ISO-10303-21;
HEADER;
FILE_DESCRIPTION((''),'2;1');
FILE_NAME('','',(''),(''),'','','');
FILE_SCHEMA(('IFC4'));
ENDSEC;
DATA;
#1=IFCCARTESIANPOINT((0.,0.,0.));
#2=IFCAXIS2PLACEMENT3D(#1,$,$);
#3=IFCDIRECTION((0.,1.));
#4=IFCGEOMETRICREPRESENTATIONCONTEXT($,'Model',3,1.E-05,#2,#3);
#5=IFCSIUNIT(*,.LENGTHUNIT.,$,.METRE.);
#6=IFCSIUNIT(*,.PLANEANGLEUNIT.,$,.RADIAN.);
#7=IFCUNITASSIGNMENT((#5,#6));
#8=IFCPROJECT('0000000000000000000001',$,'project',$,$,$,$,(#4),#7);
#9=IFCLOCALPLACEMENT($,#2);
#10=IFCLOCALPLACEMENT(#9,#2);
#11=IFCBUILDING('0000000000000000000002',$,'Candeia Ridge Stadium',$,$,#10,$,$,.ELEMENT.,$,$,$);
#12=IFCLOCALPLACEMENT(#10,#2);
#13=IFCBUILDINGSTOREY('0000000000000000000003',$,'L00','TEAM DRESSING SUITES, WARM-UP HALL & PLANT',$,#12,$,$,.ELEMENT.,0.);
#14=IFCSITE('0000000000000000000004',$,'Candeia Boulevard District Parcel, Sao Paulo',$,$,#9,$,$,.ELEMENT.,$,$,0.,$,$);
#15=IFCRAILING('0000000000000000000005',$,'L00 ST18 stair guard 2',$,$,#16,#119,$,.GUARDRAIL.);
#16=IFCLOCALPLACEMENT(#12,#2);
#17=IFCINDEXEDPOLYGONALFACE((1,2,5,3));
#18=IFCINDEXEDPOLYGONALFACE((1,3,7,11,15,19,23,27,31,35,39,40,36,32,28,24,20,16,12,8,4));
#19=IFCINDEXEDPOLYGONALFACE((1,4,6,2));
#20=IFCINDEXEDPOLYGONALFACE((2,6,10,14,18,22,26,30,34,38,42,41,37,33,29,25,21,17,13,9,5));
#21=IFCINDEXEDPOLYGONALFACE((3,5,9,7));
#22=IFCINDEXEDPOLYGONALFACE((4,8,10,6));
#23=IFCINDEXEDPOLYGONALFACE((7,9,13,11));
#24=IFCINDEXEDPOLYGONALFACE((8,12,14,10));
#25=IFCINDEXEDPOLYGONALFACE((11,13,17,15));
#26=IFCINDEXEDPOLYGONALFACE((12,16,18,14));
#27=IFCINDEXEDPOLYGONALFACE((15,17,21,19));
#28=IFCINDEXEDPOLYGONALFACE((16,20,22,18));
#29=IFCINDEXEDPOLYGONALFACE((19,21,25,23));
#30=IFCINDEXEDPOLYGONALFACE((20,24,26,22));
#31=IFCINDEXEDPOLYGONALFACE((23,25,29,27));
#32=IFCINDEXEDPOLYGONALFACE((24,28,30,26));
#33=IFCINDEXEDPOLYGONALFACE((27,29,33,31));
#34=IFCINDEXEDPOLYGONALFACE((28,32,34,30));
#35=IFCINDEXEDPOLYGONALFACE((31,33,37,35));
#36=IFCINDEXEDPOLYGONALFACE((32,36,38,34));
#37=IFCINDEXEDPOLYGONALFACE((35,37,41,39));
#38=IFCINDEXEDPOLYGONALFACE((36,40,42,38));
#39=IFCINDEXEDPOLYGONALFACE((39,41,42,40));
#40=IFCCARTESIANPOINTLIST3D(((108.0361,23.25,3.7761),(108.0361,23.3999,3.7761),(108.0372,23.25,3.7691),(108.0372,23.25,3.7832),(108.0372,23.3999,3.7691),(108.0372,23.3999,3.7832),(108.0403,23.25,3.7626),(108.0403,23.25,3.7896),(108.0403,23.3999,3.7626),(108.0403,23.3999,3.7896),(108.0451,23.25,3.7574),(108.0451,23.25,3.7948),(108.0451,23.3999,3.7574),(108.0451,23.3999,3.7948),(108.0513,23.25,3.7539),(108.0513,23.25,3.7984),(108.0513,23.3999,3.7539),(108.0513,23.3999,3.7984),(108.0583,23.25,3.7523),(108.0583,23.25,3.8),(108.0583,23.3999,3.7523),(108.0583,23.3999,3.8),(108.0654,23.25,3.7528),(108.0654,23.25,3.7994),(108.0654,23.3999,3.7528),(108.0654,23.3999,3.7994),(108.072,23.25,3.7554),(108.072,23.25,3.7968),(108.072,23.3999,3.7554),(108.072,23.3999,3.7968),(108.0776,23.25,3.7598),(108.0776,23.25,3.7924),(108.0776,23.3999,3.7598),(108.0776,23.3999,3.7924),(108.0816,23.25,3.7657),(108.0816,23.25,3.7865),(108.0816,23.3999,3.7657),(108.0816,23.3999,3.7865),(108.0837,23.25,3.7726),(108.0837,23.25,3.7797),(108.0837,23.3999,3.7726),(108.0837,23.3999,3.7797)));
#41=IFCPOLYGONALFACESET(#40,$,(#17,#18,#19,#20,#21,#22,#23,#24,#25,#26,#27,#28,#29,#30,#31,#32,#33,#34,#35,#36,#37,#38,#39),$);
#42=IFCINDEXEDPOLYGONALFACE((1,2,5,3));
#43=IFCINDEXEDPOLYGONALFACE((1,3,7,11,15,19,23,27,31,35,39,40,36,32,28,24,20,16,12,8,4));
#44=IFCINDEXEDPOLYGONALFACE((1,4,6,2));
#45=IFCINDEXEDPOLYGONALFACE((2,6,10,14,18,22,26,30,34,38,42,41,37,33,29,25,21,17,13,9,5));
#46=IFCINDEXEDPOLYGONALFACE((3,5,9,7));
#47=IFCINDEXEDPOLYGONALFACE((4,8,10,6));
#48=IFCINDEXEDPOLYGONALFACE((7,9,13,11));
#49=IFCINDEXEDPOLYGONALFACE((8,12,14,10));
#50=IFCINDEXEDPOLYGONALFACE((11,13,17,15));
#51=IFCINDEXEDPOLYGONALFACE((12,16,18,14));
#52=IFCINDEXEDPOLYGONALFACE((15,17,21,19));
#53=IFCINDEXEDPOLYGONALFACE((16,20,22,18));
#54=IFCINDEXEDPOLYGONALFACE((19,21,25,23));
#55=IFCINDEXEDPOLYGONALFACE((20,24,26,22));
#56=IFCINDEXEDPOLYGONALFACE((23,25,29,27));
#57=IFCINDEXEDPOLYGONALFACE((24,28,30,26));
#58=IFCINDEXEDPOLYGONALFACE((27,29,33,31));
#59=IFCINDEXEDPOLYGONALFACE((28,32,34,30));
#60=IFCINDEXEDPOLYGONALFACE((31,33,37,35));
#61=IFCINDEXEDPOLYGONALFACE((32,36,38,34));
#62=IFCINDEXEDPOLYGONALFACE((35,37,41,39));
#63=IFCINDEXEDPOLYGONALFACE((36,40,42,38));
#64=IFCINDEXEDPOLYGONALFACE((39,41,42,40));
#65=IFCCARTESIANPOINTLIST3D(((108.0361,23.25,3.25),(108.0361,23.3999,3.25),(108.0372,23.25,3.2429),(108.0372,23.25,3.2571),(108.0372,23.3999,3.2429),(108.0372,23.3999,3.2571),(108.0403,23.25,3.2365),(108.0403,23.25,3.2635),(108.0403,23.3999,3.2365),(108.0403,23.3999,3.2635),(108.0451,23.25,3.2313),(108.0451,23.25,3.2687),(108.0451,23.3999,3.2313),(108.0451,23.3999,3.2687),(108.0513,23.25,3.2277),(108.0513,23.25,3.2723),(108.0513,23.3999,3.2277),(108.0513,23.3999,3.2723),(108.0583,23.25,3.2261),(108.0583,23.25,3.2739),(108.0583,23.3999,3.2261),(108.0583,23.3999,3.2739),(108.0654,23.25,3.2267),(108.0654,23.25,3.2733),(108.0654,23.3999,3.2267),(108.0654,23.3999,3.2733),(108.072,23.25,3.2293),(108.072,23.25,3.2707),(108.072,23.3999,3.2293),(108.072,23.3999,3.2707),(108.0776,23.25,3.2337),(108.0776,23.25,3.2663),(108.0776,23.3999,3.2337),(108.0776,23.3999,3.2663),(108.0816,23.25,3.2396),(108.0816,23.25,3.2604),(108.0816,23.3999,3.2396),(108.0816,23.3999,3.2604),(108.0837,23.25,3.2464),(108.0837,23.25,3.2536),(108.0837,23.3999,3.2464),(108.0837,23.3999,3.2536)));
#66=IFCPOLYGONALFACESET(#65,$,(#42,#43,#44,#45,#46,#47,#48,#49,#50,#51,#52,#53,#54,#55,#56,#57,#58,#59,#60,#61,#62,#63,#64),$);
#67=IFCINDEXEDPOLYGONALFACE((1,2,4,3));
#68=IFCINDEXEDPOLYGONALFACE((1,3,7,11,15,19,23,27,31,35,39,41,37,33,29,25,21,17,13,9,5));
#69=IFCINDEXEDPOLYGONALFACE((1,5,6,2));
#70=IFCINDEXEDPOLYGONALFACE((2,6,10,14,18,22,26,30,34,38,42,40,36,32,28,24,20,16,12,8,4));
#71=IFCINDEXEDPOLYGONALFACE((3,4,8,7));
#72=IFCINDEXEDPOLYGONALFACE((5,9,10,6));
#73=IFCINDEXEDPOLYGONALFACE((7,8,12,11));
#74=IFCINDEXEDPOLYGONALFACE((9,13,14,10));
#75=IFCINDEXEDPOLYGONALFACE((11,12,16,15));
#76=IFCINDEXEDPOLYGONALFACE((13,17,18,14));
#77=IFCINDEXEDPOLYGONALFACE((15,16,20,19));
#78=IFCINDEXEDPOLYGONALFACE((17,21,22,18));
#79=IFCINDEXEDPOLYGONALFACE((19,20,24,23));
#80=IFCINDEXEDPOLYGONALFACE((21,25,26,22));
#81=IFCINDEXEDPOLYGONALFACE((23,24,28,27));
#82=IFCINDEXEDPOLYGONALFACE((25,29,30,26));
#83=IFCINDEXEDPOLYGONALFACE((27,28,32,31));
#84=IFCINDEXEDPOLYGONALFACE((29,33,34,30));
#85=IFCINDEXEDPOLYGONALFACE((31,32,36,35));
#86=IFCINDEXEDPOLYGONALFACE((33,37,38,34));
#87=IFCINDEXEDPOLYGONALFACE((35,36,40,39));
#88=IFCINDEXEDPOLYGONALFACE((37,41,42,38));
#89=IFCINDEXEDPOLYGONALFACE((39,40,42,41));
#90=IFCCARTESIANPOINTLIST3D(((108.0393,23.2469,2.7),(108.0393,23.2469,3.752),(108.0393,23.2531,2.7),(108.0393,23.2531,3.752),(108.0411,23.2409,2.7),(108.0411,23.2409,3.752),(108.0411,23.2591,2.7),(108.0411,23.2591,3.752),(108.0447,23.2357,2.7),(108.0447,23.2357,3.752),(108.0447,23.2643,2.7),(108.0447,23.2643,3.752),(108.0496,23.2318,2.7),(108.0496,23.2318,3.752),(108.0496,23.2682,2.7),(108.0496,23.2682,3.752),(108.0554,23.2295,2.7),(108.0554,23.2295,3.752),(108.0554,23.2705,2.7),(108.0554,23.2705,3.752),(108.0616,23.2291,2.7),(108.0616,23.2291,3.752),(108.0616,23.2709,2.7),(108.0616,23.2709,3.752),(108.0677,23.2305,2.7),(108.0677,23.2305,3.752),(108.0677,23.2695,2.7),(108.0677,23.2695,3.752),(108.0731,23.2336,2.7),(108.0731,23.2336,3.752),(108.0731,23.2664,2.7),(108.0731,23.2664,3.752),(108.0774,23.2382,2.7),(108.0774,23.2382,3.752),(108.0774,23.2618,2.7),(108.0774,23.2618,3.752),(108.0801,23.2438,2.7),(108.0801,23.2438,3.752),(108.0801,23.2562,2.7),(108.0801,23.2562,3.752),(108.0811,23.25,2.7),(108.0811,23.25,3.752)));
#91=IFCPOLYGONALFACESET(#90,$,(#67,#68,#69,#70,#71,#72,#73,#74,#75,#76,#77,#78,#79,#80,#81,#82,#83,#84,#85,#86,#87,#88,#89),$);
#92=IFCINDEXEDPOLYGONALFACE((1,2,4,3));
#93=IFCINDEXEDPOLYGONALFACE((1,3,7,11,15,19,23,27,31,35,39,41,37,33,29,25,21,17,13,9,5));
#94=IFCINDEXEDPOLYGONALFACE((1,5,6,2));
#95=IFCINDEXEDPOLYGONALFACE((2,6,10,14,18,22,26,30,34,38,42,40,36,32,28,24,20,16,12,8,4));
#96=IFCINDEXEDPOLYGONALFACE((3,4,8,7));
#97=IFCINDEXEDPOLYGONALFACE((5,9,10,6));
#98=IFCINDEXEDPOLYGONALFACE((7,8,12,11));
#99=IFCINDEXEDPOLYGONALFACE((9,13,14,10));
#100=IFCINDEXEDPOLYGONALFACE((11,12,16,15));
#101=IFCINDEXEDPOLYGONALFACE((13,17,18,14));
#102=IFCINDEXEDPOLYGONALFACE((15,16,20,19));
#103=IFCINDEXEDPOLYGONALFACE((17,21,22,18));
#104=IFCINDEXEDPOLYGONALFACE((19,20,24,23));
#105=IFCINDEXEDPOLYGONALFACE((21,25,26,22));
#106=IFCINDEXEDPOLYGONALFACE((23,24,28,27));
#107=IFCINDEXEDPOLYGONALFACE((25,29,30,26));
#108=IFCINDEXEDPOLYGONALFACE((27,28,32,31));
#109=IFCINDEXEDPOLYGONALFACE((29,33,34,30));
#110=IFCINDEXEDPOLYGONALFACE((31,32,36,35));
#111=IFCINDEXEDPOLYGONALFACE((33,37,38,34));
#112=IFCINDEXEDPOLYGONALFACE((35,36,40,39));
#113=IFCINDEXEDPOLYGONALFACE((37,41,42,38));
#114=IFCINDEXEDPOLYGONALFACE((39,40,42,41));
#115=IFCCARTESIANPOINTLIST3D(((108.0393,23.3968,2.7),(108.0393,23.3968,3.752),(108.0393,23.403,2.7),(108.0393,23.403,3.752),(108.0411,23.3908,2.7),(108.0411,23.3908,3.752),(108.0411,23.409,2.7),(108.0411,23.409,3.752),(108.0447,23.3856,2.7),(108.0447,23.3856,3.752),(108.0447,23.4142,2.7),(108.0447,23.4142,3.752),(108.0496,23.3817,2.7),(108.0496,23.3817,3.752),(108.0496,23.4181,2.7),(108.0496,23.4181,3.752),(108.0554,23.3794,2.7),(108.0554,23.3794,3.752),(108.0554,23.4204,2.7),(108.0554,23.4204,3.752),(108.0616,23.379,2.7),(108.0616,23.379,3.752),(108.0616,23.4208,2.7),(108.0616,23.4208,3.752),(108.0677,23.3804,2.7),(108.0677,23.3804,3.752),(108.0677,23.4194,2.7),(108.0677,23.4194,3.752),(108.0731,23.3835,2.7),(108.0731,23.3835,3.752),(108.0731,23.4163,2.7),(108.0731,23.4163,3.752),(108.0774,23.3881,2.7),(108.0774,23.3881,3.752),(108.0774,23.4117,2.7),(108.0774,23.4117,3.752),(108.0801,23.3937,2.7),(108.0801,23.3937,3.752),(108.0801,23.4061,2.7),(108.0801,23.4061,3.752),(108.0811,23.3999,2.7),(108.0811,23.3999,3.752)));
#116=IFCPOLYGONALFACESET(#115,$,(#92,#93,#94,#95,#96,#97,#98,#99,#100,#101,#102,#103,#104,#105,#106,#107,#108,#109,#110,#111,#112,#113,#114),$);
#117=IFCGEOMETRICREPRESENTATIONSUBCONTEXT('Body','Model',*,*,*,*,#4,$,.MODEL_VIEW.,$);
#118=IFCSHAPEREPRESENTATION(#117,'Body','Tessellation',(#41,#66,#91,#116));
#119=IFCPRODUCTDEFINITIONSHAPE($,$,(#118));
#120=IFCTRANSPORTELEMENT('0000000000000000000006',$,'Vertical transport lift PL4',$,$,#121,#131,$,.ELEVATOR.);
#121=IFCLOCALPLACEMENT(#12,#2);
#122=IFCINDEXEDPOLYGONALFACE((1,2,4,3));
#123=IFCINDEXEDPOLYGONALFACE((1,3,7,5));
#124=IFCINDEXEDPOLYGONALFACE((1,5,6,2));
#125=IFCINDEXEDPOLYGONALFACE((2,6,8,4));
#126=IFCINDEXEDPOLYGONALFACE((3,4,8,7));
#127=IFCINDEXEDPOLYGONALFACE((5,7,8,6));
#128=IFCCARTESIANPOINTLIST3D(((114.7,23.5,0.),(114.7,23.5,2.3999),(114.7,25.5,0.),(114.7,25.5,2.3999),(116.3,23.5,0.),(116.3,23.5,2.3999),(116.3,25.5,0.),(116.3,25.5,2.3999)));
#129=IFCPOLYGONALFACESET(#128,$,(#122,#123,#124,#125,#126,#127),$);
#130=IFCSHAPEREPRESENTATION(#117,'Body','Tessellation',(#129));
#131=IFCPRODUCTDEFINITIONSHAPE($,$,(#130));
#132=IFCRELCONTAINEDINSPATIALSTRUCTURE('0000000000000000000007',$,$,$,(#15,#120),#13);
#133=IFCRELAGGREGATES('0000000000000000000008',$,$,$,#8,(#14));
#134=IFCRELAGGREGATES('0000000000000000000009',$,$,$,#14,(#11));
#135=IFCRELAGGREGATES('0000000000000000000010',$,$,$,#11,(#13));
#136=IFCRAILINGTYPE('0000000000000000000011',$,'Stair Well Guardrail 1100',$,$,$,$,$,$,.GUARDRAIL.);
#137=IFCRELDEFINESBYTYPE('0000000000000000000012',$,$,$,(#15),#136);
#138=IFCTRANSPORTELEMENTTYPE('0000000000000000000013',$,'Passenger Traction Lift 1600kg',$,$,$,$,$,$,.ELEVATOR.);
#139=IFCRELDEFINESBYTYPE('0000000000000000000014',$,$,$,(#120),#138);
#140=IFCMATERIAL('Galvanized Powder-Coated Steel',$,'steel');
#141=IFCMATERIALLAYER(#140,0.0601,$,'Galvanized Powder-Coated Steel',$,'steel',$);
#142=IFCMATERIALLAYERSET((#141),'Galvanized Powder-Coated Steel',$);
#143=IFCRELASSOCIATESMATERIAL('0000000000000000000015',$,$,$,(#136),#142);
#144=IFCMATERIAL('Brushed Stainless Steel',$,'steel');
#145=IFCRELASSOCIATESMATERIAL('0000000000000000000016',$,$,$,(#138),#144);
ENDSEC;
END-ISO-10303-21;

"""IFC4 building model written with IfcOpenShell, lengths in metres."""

from ifc_helpers import new_model, si_unit, direction, frame, origin, origin_2d, place, context, subcontext, project, spatial, rectangle, circle, extrude, material, layer, layer_set, type_object, element, save


model = new_model("IFC4")

# Units and contexts
model_context = context("Model", 3, precision=1e-05, world=origin(), true_north=direction((0.0, 1.0)))
body_context = subcontext(model_context, "Body", "Model", "MODEL_VIEW")
ifc_project = project(units=[si_unit("LENGTHUNIT", "METRE"), si_unit("PLANEANGLEUNIT", "RADIAN")], contexts=[model_context])

# Site, building, storey
site_placement = place(None, origin())
site = spatial("IfcSite", under=ifc_project, at=site_placement, Name="Candeia Boulevard District Parcel, Sao Paulo", CompositionType="ELEMENT", RefElevation=0.0)
building_placement = place(site_placement, origin())
building = spatial("IfcBuilding", under=site, at=building_placement, Name="Candeia Ridge Stadium", CompositionType="ELEMENT")
storey_placement = place(building_placement, origin())
storey = spatial("IfcBuildingStorey", under=building, at=storey_placement, Name="L00", Description="TEAM DRESSING SUITES, WARM-UP HALL & PLANT", CompositionType="ELEMENT", Elevation=0.0)

# Shared definitions
ifc_material_1 = material(Name="Brushed Stainless Steel", Category="steel")

# Railing
ifc_material_2 = material(Name="Galvanized Powder-Coated Steel", Category="steel")
ifc_layer_1 = layer(ifc_material_2, 0.0601, Name="Galvanized Powder-Coated Steel", Category="steel")
ifc_layer_set_1 = layer_set([ifc_layer_1], Name="Galvanized Powder-Coated Steel")
railing_type_1 = type_object("IfcRailingType", Name="Stair Well Guardrail 1100", PredefinedType="GUARDRAIL", material=ifc_layer_set_1)
for number, where, name in (
    (1, (108.0601, 23.25, 2.7), "L00 ST18 stair guard 2"),
):
    element("IfcRailing", number, at=place(storey_placement, frame(where)), inside=storey, type_object=railing_type_1, Name=name, PredefinedType="GUARDRAIL", context=body_context, shape_type="SweptSolid", body=[
        extrude(circle(Radius=0.0239, at=origin_2d()), frame((0.0, 0.0, 1.0762), z_axis=(0.0, 1.0, 0.0), x_axis=(-1.0, 0.0, 0.0)), (0.0, 0.0, 1.0), 0.1499),
        extrude(circle(Radius=0.0239, at=origin_2d()), frame((0.0, 0.0, 0.55), z_axis=(0.0, 1.0, 0.0), x_axis=(-1.0, 0.0, 0.0)), (0.0, 0.0, 1.0), 0.1499),
        extrude(circle(Radius=0.021, at=origin_2d()), origin(), (0.0, 0.0, 1.0), 1.052),
        extrude(circle(Radius=0.021, at=origin_2d()), frame((0.0, 0.1499, 0.0)), (0.0, 0.0, 1.0), 1.052),
    ])

# Transport element
transport_element_type = type_object("IfcTransportElementType", Name="Passenger Traction Lift 1600kg", PredefinedType="ELEVATOR", material=ifc_material_1)
transport_element_placement = place(storey_placement, frame((115.5, 24.5, 0.0), z_axis=(0.0, 0.0, 1.0), x_axis=(1.0, 0.0, 0.0)))
element("IfcTransportElement", 2, at=transport_element_placement, inside=storey, type_object=transport_element_type, Name="Vertical transport lift PL4", PredefinedType="ELEVATOR", context=body_context, shape_type="SweptSolid", body=[
    extrude(rectangle(XDim=1.6001, YDim=2.0, at=origin_2d()), origin(), (0.0, 0.0, 1.0), 2.3999),
])

save(model, "model.ifc")
